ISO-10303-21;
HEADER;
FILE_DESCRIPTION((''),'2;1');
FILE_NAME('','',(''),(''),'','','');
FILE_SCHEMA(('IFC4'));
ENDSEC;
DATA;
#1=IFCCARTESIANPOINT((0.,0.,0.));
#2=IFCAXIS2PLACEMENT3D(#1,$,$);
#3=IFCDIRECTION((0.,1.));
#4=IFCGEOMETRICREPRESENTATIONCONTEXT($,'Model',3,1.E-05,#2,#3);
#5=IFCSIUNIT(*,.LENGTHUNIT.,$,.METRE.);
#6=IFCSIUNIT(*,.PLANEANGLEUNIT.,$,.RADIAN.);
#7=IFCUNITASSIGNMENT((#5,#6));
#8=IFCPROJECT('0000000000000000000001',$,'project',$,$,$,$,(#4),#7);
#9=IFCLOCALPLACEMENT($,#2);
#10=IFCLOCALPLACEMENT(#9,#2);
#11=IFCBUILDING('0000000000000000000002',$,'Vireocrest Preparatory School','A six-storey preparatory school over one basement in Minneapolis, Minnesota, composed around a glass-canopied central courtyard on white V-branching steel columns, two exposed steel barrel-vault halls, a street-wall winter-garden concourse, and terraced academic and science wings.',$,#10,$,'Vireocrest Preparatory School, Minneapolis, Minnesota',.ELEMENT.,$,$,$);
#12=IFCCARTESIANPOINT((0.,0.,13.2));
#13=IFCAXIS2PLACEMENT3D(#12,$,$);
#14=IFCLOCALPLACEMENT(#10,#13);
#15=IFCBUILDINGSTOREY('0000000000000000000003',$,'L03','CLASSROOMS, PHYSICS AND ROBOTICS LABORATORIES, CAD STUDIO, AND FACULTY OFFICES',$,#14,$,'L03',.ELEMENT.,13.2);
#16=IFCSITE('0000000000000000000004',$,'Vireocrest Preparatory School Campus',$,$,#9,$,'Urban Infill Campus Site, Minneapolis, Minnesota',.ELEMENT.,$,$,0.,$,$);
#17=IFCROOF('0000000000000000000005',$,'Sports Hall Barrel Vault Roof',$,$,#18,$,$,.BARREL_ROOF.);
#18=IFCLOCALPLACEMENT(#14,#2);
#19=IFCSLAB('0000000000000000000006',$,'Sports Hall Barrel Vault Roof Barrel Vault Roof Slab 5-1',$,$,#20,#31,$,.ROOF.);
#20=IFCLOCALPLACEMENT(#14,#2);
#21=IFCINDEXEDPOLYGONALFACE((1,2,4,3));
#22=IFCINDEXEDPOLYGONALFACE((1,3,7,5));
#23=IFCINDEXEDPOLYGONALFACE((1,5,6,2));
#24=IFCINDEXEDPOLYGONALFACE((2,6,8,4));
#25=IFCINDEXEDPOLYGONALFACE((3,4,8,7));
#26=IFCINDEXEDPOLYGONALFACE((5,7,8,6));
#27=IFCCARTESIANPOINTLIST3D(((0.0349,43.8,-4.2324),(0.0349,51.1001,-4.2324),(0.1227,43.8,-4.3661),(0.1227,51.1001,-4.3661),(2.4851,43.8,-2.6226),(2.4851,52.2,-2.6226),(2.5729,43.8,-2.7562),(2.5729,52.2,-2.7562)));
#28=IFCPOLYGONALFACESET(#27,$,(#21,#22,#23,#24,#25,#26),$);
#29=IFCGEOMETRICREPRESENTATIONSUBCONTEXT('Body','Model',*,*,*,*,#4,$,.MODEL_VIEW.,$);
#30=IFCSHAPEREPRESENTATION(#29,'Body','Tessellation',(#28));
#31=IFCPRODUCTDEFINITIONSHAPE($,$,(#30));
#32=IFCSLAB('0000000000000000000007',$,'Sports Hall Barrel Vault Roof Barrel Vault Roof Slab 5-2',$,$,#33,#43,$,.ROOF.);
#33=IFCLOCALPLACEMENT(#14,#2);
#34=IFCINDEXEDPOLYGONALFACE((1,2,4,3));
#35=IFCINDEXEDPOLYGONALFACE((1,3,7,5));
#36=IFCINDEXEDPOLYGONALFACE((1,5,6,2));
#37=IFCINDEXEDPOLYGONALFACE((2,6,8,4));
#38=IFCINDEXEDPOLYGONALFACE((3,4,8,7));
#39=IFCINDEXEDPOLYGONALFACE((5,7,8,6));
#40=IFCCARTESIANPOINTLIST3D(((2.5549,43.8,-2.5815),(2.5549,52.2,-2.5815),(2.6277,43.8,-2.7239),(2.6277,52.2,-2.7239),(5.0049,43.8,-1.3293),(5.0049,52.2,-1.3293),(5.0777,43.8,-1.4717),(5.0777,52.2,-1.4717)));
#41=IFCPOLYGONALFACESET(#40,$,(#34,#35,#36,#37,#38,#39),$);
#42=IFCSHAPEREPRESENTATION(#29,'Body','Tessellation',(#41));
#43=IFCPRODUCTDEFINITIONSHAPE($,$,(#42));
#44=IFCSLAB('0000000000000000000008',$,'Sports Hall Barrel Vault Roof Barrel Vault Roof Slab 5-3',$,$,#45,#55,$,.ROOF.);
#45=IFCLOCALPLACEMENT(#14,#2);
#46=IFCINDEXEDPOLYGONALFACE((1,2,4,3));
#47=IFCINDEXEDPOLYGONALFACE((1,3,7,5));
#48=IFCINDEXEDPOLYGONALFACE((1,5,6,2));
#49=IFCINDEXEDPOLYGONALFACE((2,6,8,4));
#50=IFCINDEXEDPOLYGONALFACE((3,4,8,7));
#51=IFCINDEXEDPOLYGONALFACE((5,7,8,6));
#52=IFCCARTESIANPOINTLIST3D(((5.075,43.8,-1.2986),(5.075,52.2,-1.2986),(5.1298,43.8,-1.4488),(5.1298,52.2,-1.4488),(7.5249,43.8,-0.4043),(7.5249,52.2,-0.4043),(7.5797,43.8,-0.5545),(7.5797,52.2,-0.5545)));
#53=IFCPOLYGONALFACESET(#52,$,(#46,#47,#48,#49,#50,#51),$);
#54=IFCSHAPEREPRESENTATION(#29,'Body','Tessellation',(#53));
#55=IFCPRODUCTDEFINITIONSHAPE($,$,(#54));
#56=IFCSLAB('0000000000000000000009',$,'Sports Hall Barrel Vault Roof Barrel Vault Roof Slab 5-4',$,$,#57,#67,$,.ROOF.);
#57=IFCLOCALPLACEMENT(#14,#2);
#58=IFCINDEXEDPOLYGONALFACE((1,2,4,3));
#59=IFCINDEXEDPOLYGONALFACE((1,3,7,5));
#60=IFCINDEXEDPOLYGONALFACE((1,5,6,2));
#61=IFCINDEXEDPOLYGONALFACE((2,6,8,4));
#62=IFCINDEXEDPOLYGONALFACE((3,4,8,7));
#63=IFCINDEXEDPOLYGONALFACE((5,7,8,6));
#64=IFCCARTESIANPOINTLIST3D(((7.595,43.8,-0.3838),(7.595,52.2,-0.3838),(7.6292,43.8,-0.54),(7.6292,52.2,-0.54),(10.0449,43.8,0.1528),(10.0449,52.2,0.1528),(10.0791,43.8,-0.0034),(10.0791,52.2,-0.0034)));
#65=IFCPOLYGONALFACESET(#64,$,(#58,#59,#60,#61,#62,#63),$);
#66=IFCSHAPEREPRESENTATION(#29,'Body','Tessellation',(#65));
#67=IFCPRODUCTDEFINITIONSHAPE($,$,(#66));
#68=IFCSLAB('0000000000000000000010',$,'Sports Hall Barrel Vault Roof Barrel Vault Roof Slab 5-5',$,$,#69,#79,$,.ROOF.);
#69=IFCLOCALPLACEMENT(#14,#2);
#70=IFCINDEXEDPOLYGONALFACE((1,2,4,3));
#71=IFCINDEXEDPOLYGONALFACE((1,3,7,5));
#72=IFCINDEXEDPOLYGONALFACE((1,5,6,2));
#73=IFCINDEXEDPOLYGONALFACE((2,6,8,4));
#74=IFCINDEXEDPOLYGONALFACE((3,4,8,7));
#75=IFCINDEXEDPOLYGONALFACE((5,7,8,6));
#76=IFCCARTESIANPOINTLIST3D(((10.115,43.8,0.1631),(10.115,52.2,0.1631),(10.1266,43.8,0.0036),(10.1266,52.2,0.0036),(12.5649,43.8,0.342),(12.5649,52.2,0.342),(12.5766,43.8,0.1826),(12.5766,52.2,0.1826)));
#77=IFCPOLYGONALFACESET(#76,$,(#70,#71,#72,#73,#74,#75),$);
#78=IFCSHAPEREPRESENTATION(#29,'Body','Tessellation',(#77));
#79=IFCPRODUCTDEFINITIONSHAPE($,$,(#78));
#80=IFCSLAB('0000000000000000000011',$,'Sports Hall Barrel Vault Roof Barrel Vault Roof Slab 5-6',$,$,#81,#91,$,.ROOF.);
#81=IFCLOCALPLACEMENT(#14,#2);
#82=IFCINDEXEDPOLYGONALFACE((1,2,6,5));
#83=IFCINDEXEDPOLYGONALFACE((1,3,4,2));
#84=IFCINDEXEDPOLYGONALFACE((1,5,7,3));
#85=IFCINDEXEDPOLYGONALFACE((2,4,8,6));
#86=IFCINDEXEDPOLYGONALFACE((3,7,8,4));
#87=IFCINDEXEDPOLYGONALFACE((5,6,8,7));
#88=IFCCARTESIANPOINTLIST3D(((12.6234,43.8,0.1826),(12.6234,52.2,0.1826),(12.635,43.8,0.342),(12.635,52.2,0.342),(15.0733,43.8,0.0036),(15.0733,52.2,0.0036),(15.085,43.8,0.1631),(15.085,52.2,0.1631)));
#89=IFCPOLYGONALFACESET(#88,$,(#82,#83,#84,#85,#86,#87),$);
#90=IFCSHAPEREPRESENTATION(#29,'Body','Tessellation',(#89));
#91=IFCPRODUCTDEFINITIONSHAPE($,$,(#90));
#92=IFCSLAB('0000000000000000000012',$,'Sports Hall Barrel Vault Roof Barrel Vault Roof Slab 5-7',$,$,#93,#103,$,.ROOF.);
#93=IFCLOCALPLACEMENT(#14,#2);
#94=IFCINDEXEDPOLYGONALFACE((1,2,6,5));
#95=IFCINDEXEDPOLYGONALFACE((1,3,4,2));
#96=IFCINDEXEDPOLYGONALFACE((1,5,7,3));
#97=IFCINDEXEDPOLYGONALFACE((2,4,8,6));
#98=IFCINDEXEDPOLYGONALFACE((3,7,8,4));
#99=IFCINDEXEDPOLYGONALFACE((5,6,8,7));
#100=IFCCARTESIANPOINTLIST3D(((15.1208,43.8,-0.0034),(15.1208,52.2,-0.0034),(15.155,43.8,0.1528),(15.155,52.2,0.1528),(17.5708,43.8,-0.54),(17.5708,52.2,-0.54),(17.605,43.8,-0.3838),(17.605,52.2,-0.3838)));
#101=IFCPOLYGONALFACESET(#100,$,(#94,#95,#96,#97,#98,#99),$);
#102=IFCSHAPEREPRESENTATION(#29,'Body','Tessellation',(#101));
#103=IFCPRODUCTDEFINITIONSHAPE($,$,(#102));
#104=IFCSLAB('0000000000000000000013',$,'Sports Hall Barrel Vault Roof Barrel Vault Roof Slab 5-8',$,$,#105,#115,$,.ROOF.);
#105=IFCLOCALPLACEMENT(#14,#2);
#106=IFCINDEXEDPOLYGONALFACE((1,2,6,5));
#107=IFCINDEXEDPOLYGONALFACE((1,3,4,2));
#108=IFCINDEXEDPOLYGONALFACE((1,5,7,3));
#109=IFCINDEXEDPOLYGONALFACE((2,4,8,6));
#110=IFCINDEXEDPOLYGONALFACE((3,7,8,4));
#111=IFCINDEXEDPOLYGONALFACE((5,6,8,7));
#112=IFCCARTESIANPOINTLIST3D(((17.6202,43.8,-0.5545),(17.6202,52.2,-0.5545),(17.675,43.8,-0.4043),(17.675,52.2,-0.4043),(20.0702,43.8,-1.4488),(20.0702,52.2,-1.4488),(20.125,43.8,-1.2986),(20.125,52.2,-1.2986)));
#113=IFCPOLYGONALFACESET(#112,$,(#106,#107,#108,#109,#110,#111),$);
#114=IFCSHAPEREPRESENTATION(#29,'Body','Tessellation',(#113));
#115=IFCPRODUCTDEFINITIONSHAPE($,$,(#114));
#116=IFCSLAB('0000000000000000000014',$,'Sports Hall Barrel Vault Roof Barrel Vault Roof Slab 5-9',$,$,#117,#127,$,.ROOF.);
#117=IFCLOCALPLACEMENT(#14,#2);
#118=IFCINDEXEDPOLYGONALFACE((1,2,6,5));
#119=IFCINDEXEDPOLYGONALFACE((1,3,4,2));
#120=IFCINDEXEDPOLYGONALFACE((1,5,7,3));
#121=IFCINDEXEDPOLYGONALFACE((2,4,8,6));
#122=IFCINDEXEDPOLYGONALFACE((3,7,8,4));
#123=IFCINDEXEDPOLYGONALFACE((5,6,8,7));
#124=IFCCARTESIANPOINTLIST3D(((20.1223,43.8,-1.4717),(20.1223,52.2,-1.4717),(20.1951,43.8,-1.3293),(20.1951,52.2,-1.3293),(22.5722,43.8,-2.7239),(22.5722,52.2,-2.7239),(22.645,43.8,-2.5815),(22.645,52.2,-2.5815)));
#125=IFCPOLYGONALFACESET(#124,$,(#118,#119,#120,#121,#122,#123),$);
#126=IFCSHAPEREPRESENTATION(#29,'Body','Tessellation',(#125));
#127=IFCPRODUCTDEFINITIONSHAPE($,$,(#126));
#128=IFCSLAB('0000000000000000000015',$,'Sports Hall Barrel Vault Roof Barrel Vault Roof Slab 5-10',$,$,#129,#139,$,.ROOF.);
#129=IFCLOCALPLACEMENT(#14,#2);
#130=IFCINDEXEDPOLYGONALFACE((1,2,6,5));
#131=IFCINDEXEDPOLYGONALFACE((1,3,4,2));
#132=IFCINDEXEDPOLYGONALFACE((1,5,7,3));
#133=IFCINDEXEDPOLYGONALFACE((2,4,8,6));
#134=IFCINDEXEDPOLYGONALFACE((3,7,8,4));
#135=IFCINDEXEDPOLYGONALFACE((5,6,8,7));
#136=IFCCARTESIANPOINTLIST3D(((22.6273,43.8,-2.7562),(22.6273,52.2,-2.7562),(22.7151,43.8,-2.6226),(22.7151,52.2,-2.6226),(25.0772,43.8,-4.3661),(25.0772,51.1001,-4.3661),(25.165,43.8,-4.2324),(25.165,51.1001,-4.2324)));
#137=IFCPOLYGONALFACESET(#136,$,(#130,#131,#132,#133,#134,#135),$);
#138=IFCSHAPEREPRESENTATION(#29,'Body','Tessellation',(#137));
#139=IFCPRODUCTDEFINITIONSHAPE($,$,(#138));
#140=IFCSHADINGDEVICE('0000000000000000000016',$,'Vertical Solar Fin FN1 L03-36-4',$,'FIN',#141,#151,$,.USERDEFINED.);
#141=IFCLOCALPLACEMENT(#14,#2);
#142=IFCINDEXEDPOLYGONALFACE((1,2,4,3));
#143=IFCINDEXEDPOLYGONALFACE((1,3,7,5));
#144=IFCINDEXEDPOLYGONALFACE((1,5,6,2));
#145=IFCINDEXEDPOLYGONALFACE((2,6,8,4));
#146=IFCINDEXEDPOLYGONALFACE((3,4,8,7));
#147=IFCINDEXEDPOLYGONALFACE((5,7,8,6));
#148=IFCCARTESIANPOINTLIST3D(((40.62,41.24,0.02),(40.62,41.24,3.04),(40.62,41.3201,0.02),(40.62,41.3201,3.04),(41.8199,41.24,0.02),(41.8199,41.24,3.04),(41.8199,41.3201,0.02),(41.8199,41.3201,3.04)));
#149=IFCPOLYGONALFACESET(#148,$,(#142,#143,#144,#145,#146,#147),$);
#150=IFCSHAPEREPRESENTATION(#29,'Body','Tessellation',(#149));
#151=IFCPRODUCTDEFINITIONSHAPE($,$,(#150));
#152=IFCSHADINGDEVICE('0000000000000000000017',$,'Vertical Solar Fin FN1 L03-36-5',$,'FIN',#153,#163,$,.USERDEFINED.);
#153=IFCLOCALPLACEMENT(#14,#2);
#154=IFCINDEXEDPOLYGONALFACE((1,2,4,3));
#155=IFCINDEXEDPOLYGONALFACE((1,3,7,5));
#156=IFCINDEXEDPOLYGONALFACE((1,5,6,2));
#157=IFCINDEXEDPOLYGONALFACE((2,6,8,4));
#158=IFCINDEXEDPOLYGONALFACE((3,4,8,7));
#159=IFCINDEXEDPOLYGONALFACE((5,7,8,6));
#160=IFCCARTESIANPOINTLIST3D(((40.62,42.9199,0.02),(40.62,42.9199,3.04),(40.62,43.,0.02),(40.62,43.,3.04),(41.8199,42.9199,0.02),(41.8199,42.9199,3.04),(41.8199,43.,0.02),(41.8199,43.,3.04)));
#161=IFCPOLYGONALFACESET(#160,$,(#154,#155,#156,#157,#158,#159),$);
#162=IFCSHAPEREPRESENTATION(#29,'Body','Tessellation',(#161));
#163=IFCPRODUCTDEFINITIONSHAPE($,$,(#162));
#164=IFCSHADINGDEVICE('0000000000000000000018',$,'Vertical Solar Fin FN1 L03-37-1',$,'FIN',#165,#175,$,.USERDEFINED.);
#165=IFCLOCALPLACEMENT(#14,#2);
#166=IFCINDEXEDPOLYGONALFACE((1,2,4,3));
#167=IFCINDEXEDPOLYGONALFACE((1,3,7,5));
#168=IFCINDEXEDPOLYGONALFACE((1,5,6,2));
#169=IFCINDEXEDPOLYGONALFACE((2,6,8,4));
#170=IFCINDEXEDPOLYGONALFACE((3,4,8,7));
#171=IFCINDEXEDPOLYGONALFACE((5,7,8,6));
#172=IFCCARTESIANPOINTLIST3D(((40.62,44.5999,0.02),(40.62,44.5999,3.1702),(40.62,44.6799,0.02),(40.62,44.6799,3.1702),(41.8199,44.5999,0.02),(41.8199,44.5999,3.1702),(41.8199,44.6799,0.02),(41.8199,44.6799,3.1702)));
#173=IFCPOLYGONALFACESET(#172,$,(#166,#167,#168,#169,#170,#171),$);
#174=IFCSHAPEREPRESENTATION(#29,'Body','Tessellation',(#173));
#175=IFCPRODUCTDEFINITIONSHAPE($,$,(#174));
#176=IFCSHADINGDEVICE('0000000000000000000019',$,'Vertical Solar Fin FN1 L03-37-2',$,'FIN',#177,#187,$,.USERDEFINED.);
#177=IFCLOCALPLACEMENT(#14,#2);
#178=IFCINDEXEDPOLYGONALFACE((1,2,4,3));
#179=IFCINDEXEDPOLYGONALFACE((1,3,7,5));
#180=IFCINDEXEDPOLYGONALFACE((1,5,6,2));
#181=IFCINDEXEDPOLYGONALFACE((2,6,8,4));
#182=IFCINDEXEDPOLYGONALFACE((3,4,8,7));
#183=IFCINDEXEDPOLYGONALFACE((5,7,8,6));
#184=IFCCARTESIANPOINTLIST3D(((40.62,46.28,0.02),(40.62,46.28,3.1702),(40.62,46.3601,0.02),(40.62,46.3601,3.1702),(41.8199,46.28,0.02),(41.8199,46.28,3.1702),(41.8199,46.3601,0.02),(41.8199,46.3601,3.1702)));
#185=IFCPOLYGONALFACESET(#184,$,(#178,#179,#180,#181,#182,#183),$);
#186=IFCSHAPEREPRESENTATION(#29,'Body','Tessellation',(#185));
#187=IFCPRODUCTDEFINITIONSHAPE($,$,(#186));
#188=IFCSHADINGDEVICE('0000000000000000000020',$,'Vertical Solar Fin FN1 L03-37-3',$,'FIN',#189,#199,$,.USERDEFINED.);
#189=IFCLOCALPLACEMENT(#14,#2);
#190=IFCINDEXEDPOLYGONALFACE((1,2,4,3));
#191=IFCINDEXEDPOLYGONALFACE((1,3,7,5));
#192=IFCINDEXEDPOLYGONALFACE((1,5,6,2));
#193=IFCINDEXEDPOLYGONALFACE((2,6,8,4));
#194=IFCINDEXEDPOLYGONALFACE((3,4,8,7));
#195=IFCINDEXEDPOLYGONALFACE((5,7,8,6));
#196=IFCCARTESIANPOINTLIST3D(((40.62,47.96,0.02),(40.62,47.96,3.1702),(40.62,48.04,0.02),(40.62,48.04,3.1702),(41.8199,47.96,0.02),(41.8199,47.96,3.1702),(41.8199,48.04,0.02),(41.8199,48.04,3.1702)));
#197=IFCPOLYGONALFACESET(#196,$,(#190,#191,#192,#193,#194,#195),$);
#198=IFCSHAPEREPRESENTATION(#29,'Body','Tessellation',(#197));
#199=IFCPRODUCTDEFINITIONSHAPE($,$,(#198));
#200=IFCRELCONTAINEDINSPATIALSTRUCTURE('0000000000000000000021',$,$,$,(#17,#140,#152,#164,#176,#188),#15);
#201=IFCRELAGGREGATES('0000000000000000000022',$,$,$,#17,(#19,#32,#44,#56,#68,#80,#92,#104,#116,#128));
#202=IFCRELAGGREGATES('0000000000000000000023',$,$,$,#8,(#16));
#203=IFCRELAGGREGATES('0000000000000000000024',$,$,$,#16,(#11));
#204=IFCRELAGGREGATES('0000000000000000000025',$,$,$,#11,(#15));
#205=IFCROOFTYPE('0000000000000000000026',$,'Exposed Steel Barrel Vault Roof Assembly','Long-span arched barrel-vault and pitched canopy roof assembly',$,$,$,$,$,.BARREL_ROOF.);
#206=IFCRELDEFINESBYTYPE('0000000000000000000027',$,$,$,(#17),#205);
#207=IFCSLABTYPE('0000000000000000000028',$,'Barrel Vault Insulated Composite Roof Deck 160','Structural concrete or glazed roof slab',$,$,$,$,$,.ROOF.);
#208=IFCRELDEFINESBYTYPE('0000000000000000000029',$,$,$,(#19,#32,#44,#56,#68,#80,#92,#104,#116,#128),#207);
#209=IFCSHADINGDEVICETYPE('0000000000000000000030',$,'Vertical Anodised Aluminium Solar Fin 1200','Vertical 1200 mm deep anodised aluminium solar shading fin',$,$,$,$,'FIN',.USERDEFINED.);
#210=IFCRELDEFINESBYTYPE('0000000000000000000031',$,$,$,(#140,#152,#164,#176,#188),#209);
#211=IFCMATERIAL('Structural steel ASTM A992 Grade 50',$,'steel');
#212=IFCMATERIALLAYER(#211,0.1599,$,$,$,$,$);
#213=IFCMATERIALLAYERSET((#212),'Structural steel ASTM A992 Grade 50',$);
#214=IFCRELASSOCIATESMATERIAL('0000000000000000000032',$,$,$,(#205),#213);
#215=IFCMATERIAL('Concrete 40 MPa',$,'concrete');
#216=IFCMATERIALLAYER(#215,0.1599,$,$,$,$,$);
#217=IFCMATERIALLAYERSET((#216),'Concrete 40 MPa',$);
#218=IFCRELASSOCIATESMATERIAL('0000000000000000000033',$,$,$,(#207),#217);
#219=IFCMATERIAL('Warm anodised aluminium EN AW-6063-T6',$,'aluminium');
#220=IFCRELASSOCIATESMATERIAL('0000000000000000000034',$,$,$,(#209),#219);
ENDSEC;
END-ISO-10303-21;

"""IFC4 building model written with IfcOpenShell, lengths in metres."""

from ifc_helpers import new_model, si_unit, direction, frame, origin, origin_2d, place, context, subcontext, project, spatial, polyline, rectangle, outline, extrude, material, layer, layer_set, material_profile, profile_set, type_object, element, aggregate, save


model = new_model("IFC4")

# Units and contexts
model_context = context("Model", 3, precision=1e-05, world=origin(), true_north=direction((0.0, 1.0)))
body_context = subcontext(model_context, "Body", "Model", "MODEL_VIEW")
ifc_project = project(units=[si_unit("LENGTHUNIT", "METRE"), si_unit("PLANEANGLEUNIT", "RADIAN")], contexts=[model_context])

# Site, building, storey
site_placement = place(None, origin())
site = spatial("IfcSite", under=ifc_project, at=site_placement, Name="Vireocrest Preparatory School Campus", LongName="Urban Infill Campus Site, Minneapolis, Minnesota", CompositionType="ELEMENT", RefElevation=0.0)
building_placement = place(site_placement, origin())
building = spatial("IfcBuilding", under=site, at=building_placement, Name="Vireocrest Preparatory School", Description="A six-storey preparatory school over one basement in Minneapolis, Minnesota, composed around a glass-canopied central courtyard on white V-branching steel columns, two exposed steel barrel-vault halls, a street-wall winter-garden concourse, and terraced academic and science wings.", LongName="Vireocrest Preparatory School, Minneapolis, Minnesota", CompositionType="ELEMENT")
storey_placement = place(building_placement, frame((0.0, 0.0, 13.2)))
storey = spatial("IfcBuildingStorey", under=building, at=storey_placement, Name="L03", Description="CLASSROOMS, PHYSICS AND ROBOTICS LABORATORIES, CAD STUDIO, AND FACULTY OFFICES", LongName="L03", CompositionType="ELEMENT", Elevation=13.2)

# Roof, slabs
ifc_material_1 = material(Name="Structural steel ASTM A992 Grade 50", Category="steel")
ifc_layer_1 = layer(ifc_material_1, 0.1599)
ifc_layer_set_1 = layer_set([ifc_layer_1], Name="Structural steel ASTM A992 Grade 50")
roof_type = type_object("IfcRoofType", Name="Exposed Steel Barrel Vault Roof Assembly", Description="Long-span arched barrel-vault and pitched canopy roof assembly", PredefinedType="BARREL_ROOF", material=ifc_layer_set_1)
roof_placement = place(storey_placement, origin())
roof = element("IfcRoof", 1, at=roof_placement, inside=storey, type_object=roof_type, Name="Sports Hall Barrel Vault Roof", PredefinedType="BARREL_ROOF")
ifc_material_2 = material(Name="Concrete 40 MPa", Category="concrete")
ifc_layer_2 = layer(ifc_material_2, 0.1599)
ifc_layer_set_2 = layer_set([ifc_layer_2], Name="Concrete 40 MPa")
slab_type = type_object("IfcSlabType", Name="Barrel Vault Insulated Composite Roof Deck 160", Description="Structural concrete or glazed roof slab", PredefinedType="ROOF", material=ifc_layer_set_2)
slab_1_placement = place(storey_placement, frame((0.0349, 43.8, -4.2324), z_axis=(-0.549115, 0.0, 0.835747), x_axis=(0.835747, 0.0, 0.549115)))
slab_1 = element("IfcSlab", 2, at=slab_1_placement, type_object=slab_type, Name="Sports Hall Barrel Vault Roof Barrel Vault Roof Slab 5-1", PredefinedType="ROOF", context=body_context, shape_type="SweptSolid", body=[
    extrude(outline(polyline([(0.0, 0.0), (2.9317, 0.0), (2.9317, 8.3999), (0.0, 7.3), (0.0, 0.0)])), origin(), (0.0, 0.0, -1.0), 0.1599),
])
slab_2_placement = place(storey_placement, frame((2.5549, 43.8, -2.5815), z_axis=(-0.455111, 0.0, 0.890435), x_axis=(0.890435, 0.0, 0.455111)))
slab_2 = element("IfcSlab", 3, at=slab_2_placement, type_object=slab_type, Name="Sports Hall Barrel Vault Roof Barrel Vault Roof Slab 5-2", PredefinedType="ROOF", context=body_context, shape_type="SweptSolid", body=[
    extrude(outline(polyline([(0.0, 0.0), (2.7514, 0.0), (2.7514, 8.3999), (0.0, 8.3999), (0.0, 0.0)])), origin(), (0.0, 0.0, -1.0), 0.1599),
])
slab_3_placement = place(storey_placement, frame((5.075, 43.8, -1.2986), z_axis=(-0.342893, 0.0, 0.939375), x_axis=(0.939375, 0.0, 0.342893)))
slab_3 = element("IfcSlab", 4, at=slab_3_placement, type_object=slab_type, Name="Sports Hall Barrel Vault Roof Barrel Vault Roof Slab 5-3", PredefinedType="ROOF", context=body_context, shape_type="SweptSolid", body=[
    extrude(outline(polyline([(0.0, 0.0), (2.6081, 0.0), (2.6081, 8.3999), (0.0, 8.3999), (0.0, 0.0)])), origin(), (0.0, 0.0, -1.0), 0.1599),
])
slab_4_placement = place(storey_placement, frame((7.595, 43.8, -0.3838), z_axis=(-0.213961, 0.0, 0.976842), x_axis=(0.976842, 0.0, 0.213961)))
slab_4 = element("IfcSlab", 5, at=slab_4_placement, type_object=slab_type, Name="Sports Hall Barrel Vault Roof Barrel Vault Roof Slab 5-4", PredefinedType="ROOF", context=body_context, shape_type="SweptSolid", body=[
    extrude(outline(polyline([(0.0, 0.0), (2.508, 0.0), (2.508, 8.3999), (0.0, 8.3999), (0.0, 0.0)])), origin(), (0.0, 0.0, -1.0), 0.1599),
])
slab_5_placement = place(storey_placement, frame((10.115, 43.8, 0.1631), z_axis=(-0.07285, 0.0, 0.997343), x_axis=(0.997343, 0.0, 0.07285)))
slab_5 = element("IfcSlab", 6, at=slab_5_placement, type_object=slab_type, Name="Sports Hall Barrel Vault Roof Barrel Vault Roof Slab 5-5", PredefinedType="ROOF", context=body_context, shape_type="SweptSolid", body=[
    extrude(outline(polyline([(0.0, 0.0), (2.4565, 0.0), (2.4565, 8.3999), (0.0, 8.3999), (0.0, 0.0)])), origin(), (0.0, 0.0, -1.0), 0.1599),
])
slab_6_placement = place(storey_placement, frame((12.635, 43.8, 0.342), z_axis=(0.07285, 0.0, 0.997343), x_axis=(0.997343, 0.0, -0.07285)))
slab_6 = element("IfcSlab", 7, at=slab_6_placement, type_object=slab_type, Name="Sports Hall Barrel Vault Roof Barrel Vault Roof Slab 5-6", PredefinedType="ROOF", context=body_context, shape_type="SweptSolid", body=[
    extrude(outline(polyline([(0.0, 0.0), (2.4565, 0.0), (2.4565, 8.3999), (0.0, 8.3999), (0.0, 0.0)])), origin(), (0.0, 0.0, -1.0), 0.1599),
])
slab_7_placement = place(storey_placement, frame((15.155, 43.8, 0.1528), z_axis=(0.213961, 0.0, 0.976842), x_axis=(0.976842, 0.0, -0.213961)))
slab_7 = element("IfcSlab", 8, at=slab_7_placement, type_object=slab_type, Name="Sports Hall Barrel Vault Roof Barrel Vault Roof Slab 5-7", PredefinedType="ROOF", context=body_context, shape_type="SweptSolid", body=[
    extrude(outline(polyline([(0.0, 0.0), (2.508, 0.0), (2.508, 8.3999), (0.0, 8.3999), (0.0, 0.0)])), origin(), (0.0, 0.0, -1.0), 0.1599),
])
slab_8_placement = place(storey_placement, frame((17.675, 43.8, -0.4043), z_axis=(0.342893, 0.0, 0.939375), x_axis=(0.939375, 0.0, -0.342893)))
slab_8 = element("IfcSlab", 9, at=slab_8_placement, type_object=slab_type, Name="Sports Hall Barrel Vault Roof Barrel Vault Roof Slab 5-8", PredefinedType="ROOF", context=body_context, shape_type="SweptSolid", body=[
    extrude(outline(polyline([(0.0, 0.0), (2.6081, 0.0), (2.6081, 8.3999), (0.0, 8.3999), (0.0, 0.0)])), origin(), (0.0, 0.0, -1.0), 0.1599),
])
slab_9_placement = place(storey_placement, frame((20.1951, 43.8, -1.3293), z_axis=(0.455111, 0.0, 0.890435), x_axis=(0.890435, 0.0, -0.455111)))
slab_9 = element("IfcSlab", 10, at=slab_9_placement, type_object=slab_type, Name="Sports Hall Barrel Vault Roof Barrel Vault Roof Slab 5-9", PredefinedType="ROOF", context=body_context, shape_type="SweptSolid", body=[
    extrude(outline(polyline([(0.0, 0.0), (2.7514, 0.0), (2.7514, 8.3999), (0.0, 8.3999), (0.0, 0.0)])), origin(), (0.0, 0.0, -1.0), 0.1599),
])
slab_10_placement = place(storey_placement, frame((22.7151, 43.8, -2.6226), z_axis=(0.549153, 0.0, 0.835722), x_axis=(0.835722, 0.0, -0.549153)))
slab_10 = element("IfcSlab", 11, at=slab_10_placement, type_object=slab_type, Name="Sports Hall Barrel Vault Roof Barrel Vault Roof Slab 5-10", PredefinedType="ROOF", context=body_context, shape_type="SweptSolid", body=[
    extrude(outline(polyline([(0.0, 0.0), (2.9315, 0.0), (2.9315, 7.3), (0.0, 8.3999), (0.0, 0.0)])), origin(), (0.0, 0.0, -1.0), 0.1599),
])
aggregate(roof, [slab_1, slab_2, slab_3, slab_4, slab_5, slab_6, slab_7, slab_8, slab_9, slab_10])

# Shading devices
ifc_material_3 = material(Name="Warm anodised aluminium EN AW-6063-T6", Category="aluminium")
ifc_material_profile = material_profile(ifc_material_3, rectangle(XDim=0.0801, YDim=1.2, at=origin_2d()), Name="FIN 80x1200")
ifc_profile_set = profile_set([ifc_material_profile], Name="Warm anodised aluminium EN AW-6063-T6")
shading_device_type = type_object("IfcShadingDeviceType", Name="Vertical Anodised Aluminium Solar Fin 1200", Description="Vertical 1200 mm deep anodised aluminium solar shading fin", ElementType="FIN", PredefinedType="USERDEFINED", material=ifc_profile_set)
for number, where, z_axis, x_axis, name in (
    (12, (41.22, 41.28, 0.02), (0.0, 0.0, 1.0), (0.0, 1.0, 0.0), "Vertical Solar Fin FN1 L03-36-4"),
    (13, (41.22, 42.96, 0.02), (0.0, 0.0, 1.0), (0.0, 1.0, 0.0), "Vertical Solar Fin FN1 L03-36-5"),
):
    element("IfcShadingDevice", number, at=place(storey_placement, frame(where, z_axis=z_axis, x_axis=x_axis)), inside=storey, type_object=shading_device_type, Name=name, ObjectType="FIN", PredefinedType="USERDEFINED", context=body_context, shape_type="SweptSolid", body=[
        extrude(rectangle(XDim=0.0801, YDim=1.2, at=origin_2d()), origin(), (0.0, 0.0, 1.0), 3.02),
    ])
for number, where, z_axis, x_axis, name in (
    (14, (41.22, 44.6399, 0.02), (0.0, 0.0, 1.0), (0.0, 1.0, 0.0), "Vertical Solar Fin FN1 L03-37-1"),
    (15, (41.22, 46.3201, 0.02), (0.0, 0.0, 1.0), (0.0, 1.0, 0.0), "Vertical Solar Fin FN1 L03-37-2"),
    (16, (41.22, 48.0, 0.02), (0.0, 0.0, 1.0), (0.0, 1.0, 0.0), "Vertical Solar Fin FN1 L03-37-3"),
):
    element("IfcShadingDevice", number, at=place(storey_placement, frame(where, z_axis=z_axis, x_axis=x_axis)), inside=storey, type_object=shading_device_type, Name=name, ObjectType="FIN", PredefinedType="USERDEFINED", context=body_context, shape_type="SweptSolid", body=[
        extrude(rectangle(XDim=0.0801, YDim=1.2, at=origin_2d()), origin(), (0.0, 0.0, 1.0), 3.1501),
    ])

save(model, "model.ifc")
